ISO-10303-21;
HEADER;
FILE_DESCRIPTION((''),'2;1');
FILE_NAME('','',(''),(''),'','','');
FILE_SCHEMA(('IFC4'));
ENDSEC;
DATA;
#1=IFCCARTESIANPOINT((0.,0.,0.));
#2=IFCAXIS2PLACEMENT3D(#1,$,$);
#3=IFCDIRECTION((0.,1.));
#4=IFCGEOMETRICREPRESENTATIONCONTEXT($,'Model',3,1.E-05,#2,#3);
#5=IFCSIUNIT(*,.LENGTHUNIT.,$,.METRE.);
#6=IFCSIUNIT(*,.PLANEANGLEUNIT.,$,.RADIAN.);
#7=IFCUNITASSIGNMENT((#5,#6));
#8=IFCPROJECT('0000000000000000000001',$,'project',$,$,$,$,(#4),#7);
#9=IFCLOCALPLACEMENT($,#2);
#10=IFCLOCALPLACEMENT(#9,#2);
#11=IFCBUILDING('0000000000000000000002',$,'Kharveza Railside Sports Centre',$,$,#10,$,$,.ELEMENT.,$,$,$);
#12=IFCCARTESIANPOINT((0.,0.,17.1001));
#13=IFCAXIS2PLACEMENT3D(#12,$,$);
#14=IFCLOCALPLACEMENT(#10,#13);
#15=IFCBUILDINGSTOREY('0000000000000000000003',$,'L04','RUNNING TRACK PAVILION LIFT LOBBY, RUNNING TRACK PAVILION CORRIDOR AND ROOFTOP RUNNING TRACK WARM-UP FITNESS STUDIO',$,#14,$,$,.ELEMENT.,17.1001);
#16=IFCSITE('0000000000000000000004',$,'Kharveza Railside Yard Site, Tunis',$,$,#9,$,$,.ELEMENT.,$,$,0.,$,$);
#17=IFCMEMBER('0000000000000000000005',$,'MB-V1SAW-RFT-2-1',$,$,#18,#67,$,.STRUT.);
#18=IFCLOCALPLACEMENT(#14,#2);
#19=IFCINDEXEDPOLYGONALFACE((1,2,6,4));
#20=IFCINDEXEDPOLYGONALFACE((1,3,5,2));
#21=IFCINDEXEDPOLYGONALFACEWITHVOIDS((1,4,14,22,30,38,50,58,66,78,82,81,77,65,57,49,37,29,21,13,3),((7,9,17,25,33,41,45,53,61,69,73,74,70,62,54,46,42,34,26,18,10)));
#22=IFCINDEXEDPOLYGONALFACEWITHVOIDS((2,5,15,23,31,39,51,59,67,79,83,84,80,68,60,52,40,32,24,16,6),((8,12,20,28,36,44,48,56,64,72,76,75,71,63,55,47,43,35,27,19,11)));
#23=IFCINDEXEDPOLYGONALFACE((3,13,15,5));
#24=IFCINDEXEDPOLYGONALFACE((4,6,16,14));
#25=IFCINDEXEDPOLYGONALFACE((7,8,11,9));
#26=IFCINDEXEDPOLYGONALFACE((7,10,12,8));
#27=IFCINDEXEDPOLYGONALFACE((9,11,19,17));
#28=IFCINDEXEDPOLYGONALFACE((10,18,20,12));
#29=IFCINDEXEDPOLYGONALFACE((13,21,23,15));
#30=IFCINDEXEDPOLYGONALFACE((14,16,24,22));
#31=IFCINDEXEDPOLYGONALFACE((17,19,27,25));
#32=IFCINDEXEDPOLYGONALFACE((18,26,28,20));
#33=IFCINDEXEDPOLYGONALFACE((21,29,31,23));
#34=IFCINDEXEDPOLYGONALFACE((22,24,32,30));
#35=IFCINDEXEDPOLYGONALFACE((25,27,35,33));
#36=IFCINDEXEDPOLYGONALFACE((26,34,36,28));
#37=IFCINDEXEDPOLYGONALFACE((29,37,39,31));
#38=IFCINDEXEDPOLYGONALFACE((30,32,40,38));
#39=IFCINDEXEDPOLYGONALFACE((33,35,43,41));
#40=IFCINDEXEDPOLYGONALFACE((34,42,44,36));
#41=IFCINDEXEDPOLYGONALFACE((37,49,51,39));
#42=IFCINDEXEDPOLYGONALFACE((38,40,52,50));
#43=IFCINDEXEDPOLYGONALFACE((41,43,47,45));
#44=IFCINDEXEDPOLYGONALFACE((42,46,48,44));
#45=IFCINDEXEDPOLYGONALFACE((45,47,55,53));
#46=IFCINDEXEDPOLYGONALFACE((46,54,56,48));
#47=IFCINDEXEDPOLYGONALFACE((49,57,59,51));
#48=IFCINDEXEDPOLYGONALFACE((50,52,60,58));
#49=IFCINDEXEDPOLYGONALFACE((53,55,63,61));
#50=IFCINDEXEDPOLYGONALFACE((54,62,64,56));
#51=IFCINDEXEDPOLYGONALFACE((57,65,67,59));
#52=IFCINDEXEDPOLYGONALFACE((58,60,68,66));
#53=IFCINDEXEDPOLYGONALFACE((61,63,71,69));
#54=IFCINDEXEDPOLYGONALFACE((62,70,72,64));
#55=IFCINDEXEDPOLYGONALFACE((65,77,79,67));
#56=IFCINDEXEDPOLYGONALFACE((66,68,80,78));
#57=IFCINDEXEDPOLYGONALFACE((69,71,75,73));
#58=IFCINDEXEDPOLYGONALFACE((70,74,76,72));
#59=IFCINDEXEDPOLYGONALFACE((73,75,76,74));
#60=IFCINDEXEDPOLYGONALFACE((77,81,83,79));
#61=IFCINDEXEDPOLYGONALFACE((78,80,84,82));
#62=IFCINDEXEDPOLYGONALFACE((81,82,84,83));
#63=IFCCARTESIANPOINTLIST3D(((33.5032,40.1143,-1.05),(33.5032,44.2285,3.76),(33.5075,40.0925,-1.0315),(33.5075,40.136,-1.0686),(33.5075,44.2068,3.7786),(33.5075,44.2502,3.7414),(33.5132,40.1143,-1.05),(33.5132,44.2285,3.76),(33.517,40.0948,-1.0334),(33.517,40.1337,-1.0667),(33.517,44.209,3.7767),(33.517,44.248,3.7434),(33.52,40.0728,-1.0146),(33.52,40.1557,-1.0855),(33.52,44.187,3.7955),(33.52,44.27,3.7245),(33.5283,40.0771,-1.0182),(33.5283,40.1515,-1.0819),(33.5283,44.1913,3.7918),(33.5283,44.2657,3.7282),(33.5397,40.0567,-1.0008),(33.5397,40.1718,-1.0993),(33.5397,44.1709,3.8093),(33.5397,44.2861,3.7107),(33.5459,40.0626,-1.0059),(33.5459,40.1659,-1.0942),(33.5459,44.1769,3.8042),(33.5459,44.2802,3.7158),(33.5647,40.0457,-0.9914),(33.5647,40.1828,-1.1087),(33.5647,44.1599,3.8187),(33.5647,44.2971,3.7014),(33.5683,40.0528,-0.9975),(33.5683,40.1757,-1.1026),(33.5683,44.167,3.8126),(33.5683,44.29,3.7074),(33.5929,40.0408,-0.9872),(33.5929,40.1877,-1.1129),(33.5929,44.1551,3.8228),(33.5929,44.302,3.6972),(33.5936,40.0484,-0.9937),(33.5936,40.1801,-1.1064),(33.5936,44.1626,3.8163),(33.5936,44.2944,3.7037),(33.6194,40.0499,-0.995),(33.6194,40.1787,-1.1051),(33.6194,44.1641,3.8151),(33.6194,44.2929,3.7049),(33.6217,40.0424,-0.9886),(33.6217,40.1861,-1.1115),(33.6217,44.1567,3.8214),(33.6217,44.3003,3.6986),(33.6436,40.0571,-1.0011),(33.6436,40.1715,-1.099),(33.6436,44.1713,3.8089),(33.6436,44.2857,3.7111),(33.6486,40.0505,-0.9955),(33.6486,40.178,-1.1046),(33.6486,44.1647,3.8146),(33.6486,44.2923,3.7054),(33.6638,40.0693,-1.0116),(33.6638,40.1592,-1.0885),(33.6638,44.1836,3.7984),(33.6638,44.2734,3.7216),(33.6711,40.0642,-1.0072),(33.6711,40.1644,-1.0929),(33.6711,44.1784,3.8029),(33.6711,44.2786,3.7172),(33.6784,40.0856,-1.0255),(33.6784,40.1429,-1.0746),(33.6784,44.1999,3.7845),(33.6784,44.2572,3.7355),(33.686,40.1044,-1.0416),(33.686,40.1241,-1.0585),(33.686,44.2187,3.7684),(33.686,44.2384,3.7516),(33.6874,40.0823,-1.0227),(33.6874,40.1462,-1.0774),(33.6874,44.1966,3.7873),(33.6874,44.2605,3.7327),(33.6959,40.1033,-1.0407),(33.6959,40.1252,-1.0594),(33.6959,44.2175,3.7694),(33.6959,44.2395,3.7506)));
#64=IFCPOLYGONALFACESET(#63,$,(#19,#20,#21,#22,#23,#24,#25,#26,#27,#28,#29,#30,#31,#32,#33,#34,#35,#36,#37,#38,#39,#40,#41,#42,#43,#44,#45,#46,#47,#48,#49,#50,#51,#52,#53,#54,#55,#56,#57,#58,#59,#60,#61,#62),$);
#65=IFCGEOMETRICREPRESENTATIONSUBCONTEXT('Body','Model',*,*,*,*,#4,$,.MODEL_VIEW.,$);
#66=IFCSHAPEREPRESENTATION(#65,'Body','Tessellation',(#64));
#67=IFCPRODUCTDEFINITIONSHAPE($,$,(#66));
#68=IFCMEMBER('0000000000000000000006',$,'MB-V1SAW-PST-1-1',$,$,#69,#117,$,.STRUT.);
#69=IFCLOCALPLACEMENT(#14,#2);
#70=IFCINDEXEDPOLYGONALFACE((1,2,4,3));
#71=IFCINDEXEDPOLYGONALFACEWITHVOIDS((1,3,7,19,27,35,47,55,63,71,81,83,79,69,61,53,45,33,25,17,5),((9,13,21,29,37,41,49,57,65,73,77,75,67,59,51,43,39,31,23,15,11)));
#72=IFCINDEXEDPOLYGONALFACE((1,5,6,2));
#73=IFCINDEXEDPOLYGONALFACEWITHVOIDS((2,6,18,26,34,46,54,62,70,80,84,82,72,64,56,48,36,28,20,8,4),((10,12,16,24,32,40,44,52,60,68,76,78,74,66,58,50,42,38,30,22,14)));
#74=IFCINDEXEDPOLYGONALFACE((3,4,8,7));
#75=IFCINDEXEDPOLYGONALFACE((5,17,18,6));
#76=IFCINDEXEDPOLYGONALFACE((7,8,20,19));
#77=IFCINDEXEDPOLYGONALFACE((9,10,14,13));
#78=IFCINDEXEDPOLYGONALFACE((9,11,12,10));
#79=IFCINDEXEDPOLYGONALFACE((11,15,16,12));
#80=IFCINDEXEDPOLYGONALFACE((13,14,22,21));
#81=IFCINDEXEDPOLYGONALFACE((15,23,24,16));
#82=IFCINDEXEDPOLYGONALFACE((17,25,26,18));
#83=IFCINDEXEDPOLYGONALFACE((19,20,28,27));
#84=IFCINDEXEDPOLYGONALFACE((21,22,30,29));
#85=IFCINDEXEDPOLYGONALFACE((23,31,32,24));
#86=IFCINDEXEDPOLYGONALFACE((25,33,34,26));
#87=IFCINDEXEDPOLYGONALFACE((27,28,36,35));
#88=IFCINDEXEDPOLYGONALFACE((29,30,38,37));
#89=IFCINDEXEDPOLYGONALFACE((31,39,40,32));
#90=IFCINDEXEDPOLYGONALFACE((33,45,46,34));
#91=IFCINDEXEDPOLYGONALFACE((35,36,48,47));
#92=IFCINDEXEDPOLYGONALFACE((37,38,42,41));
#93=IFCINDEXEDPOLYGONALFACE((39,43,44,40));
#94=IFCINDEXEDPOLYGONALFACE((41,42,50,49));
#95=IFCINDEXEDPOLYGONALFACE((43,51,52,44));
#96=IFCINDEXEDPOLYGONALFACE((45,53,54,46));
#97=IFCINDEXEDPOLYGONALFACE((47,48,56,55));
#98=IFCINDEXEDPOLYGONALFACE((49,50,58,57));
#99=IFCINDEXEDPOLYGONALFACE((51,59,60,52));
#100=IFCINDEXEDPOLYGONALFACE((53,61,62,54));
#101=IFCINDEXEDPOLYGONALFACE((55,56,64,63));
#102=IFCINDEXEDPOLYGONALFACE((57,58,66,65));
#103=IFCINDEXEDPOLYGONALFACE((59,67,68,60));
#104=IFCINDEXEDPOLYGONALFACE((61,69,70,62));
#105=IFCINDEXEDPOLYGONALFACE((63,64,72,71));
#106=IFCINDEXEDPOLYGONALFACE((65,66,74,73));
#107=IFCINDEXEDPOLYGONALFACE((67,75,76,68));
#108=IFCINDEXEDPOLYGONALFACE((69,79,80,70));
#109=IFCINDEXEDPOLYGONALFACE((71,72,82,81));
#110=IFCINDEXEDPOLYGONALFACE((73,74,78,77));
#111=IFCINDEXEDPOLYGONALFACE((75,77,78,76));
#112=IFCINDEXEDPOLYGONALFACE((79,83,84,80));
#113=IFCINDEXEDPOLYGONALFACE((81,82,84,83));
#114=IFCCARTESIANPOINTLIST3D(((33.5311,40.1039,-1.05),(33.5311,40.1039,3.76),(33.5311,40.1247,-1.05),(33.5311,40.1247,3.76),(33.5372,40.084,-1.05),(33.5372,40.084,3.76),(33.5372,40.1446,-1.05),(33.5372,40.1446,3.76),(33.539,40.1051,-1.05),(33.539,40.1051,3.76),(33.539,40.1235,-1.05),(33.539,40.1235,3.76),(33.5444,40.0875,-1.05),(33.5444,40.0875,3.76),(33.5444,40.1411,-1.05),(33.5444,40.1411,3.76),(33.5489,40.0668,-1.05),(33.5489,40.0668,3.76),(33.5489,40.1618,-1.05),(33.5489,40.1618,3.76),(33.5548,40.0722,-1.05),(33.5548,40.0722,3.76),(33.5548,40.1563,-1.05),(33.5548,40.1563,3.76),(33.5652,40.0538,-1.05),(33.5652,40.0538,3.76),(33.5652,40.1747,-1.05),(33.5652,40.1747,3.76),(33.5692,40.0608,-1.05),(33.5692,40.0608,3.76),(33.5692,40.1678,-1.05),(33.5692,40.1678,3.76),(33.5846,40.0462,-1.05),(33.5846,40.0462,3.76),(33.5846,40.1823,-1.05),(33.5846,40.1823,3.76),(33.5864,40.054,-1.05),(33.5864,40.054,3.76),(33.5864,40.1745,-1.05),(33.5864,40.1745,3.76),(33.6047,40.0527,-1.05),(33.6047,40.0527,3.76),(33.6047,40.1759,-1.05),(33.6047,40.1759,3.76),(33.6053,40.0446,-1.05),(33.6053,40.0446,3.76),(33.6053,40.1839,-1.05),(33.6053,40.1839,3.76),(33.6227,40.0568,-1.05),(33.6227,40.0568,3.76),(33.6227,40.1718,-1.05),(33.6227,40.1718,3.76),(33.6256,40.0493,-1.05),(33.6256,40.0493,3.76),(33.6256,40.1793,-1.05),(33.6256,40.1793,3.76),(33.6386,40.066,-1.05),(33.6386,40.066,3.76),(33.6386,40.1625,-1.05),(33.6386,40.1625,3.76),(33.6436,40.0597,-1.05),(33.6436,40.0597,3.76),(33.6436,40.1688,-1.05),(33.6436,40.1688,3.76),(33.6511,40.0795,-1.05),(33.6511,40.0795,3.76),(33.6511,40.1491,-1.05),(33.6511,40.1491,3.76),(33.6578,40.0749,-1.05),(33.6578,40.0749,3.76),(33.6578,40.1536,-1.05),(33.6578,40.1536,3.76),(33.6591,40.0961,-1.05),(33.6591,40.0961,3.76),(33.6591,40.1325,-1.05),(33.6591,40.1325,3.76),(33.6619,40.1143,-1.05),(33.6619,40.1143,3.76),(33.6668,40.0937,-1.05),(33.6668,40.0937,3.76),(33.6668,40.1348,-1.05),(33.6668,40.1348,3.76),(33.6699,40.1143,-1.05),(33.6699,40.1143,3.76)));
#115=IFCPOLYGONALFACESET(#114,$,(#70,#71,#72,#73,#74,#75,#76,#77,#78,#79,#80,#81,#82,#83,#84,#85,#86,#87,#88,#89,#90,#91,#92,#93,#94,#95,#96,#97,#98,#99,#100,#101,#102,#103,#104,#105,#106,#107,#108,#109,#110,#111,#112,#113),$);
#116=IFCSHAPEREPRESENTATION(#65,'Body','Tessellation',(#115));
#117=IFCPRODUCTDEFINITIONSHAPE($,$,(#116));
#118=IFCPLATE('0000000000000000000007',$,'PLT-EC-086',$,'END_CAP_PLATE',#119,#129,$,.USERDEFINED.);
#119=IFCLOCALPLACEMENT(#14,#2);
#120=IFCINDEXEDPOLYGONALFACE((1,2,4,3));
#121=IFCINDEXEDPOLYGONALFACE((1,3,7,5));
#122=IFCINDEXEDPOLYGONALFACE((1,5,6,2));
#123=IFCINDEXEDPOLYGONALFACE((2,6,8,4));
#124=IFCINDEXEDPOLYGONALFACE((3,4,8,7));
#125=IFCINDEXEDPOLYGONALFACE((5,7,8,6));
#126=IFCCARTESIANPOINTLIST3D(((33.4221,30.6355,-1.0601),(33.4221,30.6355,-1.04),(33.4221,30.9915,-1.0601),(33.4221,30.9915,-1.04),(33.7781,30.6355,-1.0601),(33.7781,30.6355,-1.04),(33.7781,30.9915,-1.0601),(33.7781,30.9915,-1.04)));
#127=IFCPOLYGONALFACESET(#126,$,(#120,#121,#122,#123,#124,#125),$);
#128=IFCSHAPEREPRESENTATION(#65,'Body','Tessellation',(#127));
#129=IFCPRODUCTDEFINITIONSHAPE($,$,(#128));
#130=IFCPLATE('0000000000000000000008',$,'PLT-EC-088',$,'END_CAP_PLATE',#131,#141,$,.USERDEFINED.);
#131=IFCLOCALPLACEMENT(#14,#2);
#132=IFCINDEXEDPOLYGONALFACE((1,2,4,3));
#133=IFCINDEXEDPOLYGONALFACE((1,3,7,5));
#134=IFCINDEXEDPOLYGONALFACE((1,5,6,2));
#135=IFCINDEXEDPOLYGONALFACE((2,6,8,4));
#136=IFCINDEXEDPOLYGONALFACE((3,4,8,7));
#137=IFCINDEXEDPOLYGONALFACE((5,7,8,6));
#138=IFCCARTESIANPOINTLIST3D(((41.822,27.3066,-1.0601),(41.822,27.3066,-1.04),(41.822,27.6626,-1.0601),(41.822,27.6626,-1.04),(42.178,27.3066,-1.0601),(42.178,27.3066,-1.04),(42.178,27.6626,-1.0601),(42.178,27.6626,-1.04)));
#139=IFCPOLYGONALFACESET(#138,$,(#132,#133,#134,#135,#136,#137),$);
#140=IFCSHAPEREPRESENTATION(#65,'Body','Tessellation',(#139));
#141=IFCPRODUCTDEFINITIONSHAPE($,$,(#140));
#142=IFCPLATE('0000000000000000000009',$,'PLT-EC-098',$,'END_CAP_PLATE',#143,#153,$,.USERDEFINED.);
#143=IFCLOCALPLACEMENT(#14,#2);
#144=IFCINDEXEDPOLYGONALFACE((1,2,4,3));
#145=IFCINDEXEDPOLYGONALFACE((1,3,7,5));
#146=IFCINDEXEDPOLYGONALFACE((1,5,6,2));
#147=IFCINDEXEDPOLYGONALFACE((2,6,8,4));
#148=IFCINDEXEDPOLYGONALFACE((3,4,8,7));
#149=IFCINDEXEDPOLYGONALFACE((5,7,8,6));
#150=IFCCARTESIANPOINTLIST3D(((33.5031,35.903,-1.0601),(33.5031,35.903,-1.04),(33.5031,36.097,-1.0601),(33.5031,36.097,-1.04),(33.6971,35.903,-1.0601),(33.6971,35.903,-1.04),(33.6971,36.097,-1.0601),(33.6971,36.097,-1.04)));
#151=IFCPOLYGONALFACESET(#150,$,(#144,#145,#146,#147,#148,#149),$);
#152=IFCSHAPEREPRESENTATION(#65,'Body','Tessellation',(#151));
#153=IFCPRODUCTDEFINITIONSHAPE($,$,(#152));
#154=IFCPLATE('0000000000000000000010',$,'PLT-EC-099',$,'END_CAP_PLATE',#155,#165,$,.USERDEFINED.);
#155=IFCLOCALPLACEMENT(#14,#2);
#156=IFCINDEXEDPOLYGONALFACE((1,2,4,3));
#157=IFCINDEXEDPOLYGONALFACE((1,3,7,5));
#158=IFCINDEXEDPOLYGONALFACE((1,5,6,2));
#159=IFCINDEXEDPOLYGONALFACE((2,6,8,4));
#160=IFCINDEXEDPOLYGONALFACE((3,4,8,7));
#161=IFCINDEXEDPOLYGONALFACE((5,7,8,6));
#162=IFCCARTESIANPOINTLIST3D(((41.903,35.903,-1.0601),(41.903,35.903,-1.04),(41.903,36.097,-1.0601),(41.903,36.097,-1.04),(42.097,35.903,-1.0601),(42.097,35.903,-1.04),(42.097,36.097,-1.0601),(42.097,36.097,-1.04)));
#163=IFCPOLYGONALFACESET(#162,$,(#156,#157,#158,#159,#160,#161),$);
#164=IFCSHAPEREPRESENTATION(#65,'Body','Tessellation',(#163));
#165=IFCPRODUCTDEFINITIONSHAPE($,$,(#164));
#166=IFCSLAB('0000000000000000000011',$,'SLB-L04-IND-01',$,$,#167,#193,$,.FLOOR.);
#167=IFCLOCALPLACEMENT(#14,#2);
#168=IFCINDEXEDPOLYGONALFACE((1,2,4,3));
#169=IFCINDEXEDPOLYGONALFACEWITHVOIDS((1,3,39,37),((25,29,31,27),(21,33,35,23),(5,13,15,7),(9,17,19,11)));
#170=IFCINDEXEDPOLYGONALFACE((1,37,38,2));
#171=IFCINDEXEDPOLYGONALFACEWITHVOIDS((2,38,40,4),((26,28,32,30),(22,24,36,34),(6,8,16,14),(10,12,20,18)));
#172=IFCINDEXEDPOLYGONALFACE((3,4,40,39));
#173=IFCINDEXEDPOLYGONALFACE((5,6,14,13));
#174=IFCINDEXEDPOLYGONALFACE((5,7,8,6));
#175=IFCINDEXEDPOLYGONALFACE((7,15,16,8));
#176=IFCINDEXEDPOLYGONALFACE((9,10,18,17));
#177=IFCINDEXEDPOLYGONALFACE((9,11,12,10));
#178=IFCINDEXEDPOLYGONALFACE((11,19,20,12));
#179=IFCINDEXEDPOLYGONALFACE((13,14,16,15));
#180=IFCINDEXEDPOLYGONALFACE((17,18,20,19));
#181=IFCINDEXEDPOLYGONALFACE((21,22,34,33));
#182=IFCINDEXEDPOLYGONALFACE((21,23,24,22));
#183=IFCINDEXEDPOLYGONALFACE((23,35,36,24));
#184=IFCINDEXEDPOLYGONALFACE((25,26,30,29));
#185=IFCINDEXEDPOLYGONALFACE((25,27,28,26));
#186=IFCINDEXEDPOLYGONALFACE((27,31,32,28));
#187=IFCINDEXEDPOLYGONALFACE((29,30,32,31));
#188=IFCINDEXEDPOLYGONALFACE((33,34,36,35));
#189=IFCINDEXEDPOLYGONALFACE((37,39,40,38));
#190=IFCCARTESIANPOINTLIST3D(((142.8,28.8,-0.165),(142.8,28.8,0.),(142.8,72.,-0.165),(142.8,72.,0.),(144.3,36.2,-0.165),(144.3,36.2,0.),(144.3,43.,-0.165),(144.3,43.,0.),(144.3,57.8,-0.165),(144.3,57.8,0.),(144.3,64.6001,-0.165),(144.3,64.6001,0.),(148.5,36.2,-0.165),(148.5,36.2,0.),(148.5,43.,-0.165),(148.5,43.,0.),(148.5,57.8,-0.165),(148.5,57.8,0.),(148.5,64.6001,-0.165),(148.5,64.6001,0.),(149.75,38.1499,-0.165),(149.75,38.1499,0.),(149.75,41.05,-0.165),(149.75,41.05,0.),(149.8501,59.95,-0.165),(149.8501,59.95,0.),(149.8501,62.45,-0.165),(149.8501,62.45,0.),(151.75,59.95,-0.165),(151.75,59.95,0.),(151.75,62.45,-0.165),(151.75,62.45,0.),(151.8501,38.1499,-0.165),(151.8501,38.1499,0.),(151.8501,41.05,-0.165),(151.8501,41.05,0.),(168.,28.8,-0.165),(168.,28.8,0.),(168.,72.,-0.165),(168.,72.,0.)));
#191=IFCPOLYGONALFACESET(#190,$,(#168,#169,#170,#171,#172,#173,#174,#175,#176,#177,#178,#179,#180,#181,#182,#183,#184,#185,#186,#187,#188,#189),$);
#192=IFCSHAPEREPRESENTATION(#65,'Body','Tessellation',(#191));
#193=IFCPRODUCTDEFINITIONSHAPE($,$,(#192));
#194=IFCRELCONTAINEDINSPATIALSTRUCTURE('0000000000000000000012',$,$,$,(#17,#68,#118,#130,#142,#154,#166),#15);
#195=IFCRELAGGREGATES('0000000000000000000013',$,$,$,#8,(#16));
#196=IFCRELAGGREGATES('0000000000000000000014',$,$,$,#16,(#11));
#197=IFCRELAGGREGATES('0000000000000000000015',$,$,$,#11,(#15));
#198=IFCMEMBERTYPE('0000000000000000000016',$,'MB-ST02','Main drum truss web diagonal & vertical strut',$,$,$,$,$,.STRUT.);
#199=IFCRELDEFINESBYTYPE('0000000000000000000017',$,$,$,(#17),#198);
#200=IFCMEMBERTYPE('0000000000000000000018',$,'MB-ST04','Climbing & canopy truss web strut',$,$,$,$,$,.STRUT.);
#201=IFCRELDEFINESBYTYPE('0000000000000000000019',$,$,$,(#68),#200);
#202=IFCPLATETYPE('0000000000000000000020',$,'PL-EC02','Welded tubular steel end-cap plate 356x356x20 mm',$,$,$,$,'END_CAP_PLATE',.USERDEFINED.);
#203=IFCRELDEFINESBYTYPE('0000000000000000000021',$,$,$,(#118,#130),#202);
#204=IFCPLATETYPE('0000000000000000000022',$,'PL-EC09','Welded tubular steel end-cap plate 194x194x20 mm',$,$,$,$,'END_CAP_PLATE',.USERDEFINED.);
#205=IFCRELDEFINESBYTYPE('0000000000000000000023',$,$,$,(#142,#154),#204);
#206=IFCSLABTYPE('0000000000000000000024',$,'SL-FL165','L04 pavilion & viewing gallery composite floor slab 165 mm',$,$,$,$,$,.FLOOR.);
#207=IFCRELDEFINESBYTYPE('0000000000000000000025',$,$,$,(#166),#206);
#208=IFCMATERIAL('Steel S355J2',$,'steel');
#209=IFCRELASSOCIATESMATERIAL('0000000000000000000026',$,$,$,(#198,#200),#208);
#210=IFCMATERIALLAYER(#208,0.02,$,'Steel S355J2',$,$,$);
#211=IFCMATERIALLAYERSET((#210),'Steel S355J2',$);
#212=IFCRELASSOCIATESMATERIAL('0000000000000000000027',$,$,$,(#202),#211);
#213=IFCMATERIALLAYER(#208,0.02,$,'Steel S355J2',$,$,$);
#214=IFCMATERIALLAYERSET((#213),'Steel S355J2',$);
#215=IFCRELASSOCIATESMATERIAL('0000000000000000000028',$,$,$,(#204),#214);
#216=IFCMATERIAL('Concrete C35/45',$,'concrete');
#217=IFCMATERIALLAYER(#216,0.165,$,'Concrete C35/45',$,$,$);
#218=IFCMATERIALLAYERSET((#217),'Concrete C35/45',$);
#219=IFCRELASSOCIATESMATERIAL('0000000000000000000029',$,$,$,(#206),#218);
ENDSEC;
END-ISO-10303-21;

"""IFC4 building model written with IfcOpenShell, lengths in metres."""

from ifc_helpers import new_model, si_unit, direction, frame, origin, origin_2d, place, context, subcontext, project, spatial, polyline, rectangle, hollow_circle, outline, extrude, material, layer, layer_set, material_profile, profile_set, type_object, element, save


model = new_model("IFC4")

# Units and contexts
model_context = context("Model", 3, precision=1e-05, world=origin(), true_north=direction((0.0, 1.0)))
body_context = subcontext(model_context, "Body", "Model", "MODEL_VIEW")
ifc_project = project(units=[si_unit("LENGTHUNIT", "METRE"), si_unit("PLANEANGLEUNIT", "RADIAN")], contexts=[model_context])

# Site, building, storey
site_placement = place(None, origin())
site = spatial("IfcSite", under=ifc_project, at=site_placement, Name="Kharveza Railside Yard Site, Tunis", CompositionType="ELEMENT", RefElevation=0.0)
building_placement = place(site_placement, origin())
building = spatial("IfcBuilding", under=site, at=building_placement, Name="Kharveza Railside Sports Centre", CompositionType="ELEMENT")
storey_placement = place(building_placement, frame((0.0, 0.0, 17.1001)))
storey = spatial("IfcBuildingStorey", under=building, at=storey_placement, Name="L04", Description="RUNNING TRACK PAVILION LIFT LOBBY, RUNNING TRACK PAVILION CORRIDOR AND ROOFTOP RUNNING TRACK WARM-UP FITNESS STUDIO", CompositionType="ELEMENT", Elevation=17.1001)

# Shared definitions
ifc_material_1 = material(Name="Steel S355J2", Category="steel")

# Members
ifc_material_profile_1 = material_profile(ifc_material_1, hollow_circle(Radius=0.0969, WallThickness=0.01, at=origin_2d()), Name="CHS 193.7x10.0")
ifc_profile_set_1 = profile_set([ifc_material_profile_1], Name="Steel S355J2")
member_type_1 = type_object("IfcMemberType", Name="MB-ST02", Description="Main drum truss web diagonal & vertical strut", PredefinedType="STRUT", material=ifc_profile_set_1)
for number, where, z_axis, x_axis, name in (
    (1, (33.6001, 40.1143, -1.05), (0.0, 0.650003, 0.759931), (-1.0, 0.0, 0.0), "MB-V1SAW-RFT-2-1"),
):
    element("IfcMember", number, at=place(storey_placement, frame(where, z_axis=z_axis, x_axis=x_axis)), inside=storey, type_object=member_type_1, Name=name, PredefinedType="STRUT", context=body_context, shape_type="SweptSolid", body=[
        extrude(hollow_circle(Radius=0.0969, WallThickness=0.01, at=origin_2d()), origin(), (0.0, 0.0, 1.0), 6.3296),
    ])
ifc_material_profile_2 = material_profile(ifc_material_1, hollow_circle(Radius=0.0698, WallThickness=0.0081, at=origin_2d()), Name="CHS 139.7x8.0")
ifc_profile_set_2 = profile_set([ifc_material_profile_2], Name="Steel S355J2")
member_type_2 = type_object("IfcMemberType", Name="MB-ST04", Description="Climbing & canopy truss web strut", PredefinedType="STRUT", material=ifc_profile_set_2)
member_1_placement = place(storey_placement, frame((33.6001, 40.1143, -1.05), z_axis=(0.0, 0.0, 1.0), x_axis=(1.0, 0.0, 0.0)))
element("IfcMember", 2, at=member_1_placement, inside=storey, type_object=member_type_2, Name="MB-V1SAW-PST-1-1", PredefinedType="STRUT", context=body_context, shape_type="SweptSolid", body=[
    extrude(hollow_circle(Radius=0.0698, WallThickness=0.0081, at=origin_2d()), origin(), (0.0, 0.0, 1.0), 4.8101),
])

# Plates
ifc_layer_1 = layer(ifc_material_1, 0.02, Name="Steel S355J2")
ifc_layer_set_1 = layer_set([ifc_layer_1], Name="Steel S355J2")
plate_type_1 = type_object("IfcPlateType", Name="PL-EC02", Description="Welded tubular steel end-cap plate 356x356x20 mm", ElementType="END_CAP_PLATE", PredefinedType="USERDEFINED", material=ifc_layer_set_1)
for number, where, z_axis, x_axis, name in (
    (3, (33.6001, 30.8135, -1.0601), (0.0, 0.0, 1.0), (1.0, 0.0, 0.0), "PLT-EC-086"),
    (4, (42.0, 27.4846, -1.0601), (0.0, 0.0, 1.0), (1.0, 0.0, 0.0), "PLT-EC-088"),
):
    element("IfcPlate", number, at=place(storey_placement, frame(where, z_axis=z_axis, x_axis=x_axis)), inside=storey, type_object=plate_type_1, Name=name, ObjectType="END_CAP_PLATE", PredefinedType="USERDEFINED", context=body_context, shape_type="SweptSolid", body=[
        extrude(rectangle(XDim=0.356, YDim=0.356, at=origin_2d()), origin(), (0.0, 0.0, 1.0), 0.02),
    ])
ifc_layer_2 = layer(ifc_material_1, 0.02, Name="Steel S355J2")
ifc_layer_set_2 = layer_set([ifc_layer_2], Name="Steel S355J2")
plate_type_2 = type_object("IfcPlateType", Name="PL-EC09", Description="Welded tubular steel end-cap plate 194x194x20 mm", ElementType="END_CAP_PLATE", PredefinedType="USERDEFINED", material=ifc_layer_set_2)
for number, where, z_axis, x_axis, name in (
    (5, (33.6001, 36.0, -1.0601), (0.0, 0.0, 1.0), (1.0, 0.0, 0.0), "PLT-EC-098"),
    (6, (42.0, 36.0, -1.0601), (0.0, 0.0, 1.0), (1.0, 0.0, 0.0), "PLT-EC-099"),
):
    element("IfcPlate", number, at=place(storey_placement, frame(where, z_axis=z_axis, x_axis=x_axis)), inside=storey, type_object=plate_type_2, Name=name, ObjectType="END_CAP_PLATE", PredefinedType="USERDEFINED", context=body_context, shape_type="SweptSolid", body=[
        extrude(rectangle(XDim=0.1941, YDim=0.1941, at=origin_2d()), origin(), (0.0, 0.0, 1.0), 0.02),
    ])

# Slab
ifc_material_2 = material(Name="Concrete C35/45", Category="concrete")
ifc_layer_3 = layer(ifc_material_2, 0.165, Name="Concrete C35/45")
ifc_layer_set_3 = layer_set([ifc_layer_3], Name="Concrete C35/45")
slab_type_1 = type_object("IfcSlabType", Name="SL-FL165", Description="L04 pavilion & viewing gallery composite floor slab 165 mm", PredefinedType="FLOOR", material=ifc_layer_set_3)
slab_1_placement = place(storey_placement, frame((0.0, 0.0, -0.165)))
element("IfcSlab", 7, at=slab_1_placement, inside=storey, type_object=slab_type_1, Name="SLB-L04-IND-01", PredefinedType="FLOOR", context=body_context, shape_type="SweptSolid", body=[
    extrude(outline(polyline([(142.8, 28.8), (142.8, 72.0), (168.0, 72.0), (168.0, 28.8), (142.8, 28.8)]), holes=[polyline([(144.3, 36.2), (148.5, 36.2), (148.5, 43.0), (144.3, 43.0), (144.3, 36.2)]), polyline([(144.3, 64.6001), (144.3, 57.8), (148.5, 57.8), (148.5, 64.6001), (144.3, 64.6001)]), polyline([(151.8501, 41.05), (149.75, 41.05), (149.75, 38.1499), (151.8501, 38.1499), (151.8501, 41.05)]), polyline([(151.75, 59.95), (151.75, 62.45), (149.8501, 62.45), (149.8501, 59.95), (151.75, 59.95)])]), origin(), (0.0, 0.0, 1.0), 0.165),
])

save(model, "model.ifc")
